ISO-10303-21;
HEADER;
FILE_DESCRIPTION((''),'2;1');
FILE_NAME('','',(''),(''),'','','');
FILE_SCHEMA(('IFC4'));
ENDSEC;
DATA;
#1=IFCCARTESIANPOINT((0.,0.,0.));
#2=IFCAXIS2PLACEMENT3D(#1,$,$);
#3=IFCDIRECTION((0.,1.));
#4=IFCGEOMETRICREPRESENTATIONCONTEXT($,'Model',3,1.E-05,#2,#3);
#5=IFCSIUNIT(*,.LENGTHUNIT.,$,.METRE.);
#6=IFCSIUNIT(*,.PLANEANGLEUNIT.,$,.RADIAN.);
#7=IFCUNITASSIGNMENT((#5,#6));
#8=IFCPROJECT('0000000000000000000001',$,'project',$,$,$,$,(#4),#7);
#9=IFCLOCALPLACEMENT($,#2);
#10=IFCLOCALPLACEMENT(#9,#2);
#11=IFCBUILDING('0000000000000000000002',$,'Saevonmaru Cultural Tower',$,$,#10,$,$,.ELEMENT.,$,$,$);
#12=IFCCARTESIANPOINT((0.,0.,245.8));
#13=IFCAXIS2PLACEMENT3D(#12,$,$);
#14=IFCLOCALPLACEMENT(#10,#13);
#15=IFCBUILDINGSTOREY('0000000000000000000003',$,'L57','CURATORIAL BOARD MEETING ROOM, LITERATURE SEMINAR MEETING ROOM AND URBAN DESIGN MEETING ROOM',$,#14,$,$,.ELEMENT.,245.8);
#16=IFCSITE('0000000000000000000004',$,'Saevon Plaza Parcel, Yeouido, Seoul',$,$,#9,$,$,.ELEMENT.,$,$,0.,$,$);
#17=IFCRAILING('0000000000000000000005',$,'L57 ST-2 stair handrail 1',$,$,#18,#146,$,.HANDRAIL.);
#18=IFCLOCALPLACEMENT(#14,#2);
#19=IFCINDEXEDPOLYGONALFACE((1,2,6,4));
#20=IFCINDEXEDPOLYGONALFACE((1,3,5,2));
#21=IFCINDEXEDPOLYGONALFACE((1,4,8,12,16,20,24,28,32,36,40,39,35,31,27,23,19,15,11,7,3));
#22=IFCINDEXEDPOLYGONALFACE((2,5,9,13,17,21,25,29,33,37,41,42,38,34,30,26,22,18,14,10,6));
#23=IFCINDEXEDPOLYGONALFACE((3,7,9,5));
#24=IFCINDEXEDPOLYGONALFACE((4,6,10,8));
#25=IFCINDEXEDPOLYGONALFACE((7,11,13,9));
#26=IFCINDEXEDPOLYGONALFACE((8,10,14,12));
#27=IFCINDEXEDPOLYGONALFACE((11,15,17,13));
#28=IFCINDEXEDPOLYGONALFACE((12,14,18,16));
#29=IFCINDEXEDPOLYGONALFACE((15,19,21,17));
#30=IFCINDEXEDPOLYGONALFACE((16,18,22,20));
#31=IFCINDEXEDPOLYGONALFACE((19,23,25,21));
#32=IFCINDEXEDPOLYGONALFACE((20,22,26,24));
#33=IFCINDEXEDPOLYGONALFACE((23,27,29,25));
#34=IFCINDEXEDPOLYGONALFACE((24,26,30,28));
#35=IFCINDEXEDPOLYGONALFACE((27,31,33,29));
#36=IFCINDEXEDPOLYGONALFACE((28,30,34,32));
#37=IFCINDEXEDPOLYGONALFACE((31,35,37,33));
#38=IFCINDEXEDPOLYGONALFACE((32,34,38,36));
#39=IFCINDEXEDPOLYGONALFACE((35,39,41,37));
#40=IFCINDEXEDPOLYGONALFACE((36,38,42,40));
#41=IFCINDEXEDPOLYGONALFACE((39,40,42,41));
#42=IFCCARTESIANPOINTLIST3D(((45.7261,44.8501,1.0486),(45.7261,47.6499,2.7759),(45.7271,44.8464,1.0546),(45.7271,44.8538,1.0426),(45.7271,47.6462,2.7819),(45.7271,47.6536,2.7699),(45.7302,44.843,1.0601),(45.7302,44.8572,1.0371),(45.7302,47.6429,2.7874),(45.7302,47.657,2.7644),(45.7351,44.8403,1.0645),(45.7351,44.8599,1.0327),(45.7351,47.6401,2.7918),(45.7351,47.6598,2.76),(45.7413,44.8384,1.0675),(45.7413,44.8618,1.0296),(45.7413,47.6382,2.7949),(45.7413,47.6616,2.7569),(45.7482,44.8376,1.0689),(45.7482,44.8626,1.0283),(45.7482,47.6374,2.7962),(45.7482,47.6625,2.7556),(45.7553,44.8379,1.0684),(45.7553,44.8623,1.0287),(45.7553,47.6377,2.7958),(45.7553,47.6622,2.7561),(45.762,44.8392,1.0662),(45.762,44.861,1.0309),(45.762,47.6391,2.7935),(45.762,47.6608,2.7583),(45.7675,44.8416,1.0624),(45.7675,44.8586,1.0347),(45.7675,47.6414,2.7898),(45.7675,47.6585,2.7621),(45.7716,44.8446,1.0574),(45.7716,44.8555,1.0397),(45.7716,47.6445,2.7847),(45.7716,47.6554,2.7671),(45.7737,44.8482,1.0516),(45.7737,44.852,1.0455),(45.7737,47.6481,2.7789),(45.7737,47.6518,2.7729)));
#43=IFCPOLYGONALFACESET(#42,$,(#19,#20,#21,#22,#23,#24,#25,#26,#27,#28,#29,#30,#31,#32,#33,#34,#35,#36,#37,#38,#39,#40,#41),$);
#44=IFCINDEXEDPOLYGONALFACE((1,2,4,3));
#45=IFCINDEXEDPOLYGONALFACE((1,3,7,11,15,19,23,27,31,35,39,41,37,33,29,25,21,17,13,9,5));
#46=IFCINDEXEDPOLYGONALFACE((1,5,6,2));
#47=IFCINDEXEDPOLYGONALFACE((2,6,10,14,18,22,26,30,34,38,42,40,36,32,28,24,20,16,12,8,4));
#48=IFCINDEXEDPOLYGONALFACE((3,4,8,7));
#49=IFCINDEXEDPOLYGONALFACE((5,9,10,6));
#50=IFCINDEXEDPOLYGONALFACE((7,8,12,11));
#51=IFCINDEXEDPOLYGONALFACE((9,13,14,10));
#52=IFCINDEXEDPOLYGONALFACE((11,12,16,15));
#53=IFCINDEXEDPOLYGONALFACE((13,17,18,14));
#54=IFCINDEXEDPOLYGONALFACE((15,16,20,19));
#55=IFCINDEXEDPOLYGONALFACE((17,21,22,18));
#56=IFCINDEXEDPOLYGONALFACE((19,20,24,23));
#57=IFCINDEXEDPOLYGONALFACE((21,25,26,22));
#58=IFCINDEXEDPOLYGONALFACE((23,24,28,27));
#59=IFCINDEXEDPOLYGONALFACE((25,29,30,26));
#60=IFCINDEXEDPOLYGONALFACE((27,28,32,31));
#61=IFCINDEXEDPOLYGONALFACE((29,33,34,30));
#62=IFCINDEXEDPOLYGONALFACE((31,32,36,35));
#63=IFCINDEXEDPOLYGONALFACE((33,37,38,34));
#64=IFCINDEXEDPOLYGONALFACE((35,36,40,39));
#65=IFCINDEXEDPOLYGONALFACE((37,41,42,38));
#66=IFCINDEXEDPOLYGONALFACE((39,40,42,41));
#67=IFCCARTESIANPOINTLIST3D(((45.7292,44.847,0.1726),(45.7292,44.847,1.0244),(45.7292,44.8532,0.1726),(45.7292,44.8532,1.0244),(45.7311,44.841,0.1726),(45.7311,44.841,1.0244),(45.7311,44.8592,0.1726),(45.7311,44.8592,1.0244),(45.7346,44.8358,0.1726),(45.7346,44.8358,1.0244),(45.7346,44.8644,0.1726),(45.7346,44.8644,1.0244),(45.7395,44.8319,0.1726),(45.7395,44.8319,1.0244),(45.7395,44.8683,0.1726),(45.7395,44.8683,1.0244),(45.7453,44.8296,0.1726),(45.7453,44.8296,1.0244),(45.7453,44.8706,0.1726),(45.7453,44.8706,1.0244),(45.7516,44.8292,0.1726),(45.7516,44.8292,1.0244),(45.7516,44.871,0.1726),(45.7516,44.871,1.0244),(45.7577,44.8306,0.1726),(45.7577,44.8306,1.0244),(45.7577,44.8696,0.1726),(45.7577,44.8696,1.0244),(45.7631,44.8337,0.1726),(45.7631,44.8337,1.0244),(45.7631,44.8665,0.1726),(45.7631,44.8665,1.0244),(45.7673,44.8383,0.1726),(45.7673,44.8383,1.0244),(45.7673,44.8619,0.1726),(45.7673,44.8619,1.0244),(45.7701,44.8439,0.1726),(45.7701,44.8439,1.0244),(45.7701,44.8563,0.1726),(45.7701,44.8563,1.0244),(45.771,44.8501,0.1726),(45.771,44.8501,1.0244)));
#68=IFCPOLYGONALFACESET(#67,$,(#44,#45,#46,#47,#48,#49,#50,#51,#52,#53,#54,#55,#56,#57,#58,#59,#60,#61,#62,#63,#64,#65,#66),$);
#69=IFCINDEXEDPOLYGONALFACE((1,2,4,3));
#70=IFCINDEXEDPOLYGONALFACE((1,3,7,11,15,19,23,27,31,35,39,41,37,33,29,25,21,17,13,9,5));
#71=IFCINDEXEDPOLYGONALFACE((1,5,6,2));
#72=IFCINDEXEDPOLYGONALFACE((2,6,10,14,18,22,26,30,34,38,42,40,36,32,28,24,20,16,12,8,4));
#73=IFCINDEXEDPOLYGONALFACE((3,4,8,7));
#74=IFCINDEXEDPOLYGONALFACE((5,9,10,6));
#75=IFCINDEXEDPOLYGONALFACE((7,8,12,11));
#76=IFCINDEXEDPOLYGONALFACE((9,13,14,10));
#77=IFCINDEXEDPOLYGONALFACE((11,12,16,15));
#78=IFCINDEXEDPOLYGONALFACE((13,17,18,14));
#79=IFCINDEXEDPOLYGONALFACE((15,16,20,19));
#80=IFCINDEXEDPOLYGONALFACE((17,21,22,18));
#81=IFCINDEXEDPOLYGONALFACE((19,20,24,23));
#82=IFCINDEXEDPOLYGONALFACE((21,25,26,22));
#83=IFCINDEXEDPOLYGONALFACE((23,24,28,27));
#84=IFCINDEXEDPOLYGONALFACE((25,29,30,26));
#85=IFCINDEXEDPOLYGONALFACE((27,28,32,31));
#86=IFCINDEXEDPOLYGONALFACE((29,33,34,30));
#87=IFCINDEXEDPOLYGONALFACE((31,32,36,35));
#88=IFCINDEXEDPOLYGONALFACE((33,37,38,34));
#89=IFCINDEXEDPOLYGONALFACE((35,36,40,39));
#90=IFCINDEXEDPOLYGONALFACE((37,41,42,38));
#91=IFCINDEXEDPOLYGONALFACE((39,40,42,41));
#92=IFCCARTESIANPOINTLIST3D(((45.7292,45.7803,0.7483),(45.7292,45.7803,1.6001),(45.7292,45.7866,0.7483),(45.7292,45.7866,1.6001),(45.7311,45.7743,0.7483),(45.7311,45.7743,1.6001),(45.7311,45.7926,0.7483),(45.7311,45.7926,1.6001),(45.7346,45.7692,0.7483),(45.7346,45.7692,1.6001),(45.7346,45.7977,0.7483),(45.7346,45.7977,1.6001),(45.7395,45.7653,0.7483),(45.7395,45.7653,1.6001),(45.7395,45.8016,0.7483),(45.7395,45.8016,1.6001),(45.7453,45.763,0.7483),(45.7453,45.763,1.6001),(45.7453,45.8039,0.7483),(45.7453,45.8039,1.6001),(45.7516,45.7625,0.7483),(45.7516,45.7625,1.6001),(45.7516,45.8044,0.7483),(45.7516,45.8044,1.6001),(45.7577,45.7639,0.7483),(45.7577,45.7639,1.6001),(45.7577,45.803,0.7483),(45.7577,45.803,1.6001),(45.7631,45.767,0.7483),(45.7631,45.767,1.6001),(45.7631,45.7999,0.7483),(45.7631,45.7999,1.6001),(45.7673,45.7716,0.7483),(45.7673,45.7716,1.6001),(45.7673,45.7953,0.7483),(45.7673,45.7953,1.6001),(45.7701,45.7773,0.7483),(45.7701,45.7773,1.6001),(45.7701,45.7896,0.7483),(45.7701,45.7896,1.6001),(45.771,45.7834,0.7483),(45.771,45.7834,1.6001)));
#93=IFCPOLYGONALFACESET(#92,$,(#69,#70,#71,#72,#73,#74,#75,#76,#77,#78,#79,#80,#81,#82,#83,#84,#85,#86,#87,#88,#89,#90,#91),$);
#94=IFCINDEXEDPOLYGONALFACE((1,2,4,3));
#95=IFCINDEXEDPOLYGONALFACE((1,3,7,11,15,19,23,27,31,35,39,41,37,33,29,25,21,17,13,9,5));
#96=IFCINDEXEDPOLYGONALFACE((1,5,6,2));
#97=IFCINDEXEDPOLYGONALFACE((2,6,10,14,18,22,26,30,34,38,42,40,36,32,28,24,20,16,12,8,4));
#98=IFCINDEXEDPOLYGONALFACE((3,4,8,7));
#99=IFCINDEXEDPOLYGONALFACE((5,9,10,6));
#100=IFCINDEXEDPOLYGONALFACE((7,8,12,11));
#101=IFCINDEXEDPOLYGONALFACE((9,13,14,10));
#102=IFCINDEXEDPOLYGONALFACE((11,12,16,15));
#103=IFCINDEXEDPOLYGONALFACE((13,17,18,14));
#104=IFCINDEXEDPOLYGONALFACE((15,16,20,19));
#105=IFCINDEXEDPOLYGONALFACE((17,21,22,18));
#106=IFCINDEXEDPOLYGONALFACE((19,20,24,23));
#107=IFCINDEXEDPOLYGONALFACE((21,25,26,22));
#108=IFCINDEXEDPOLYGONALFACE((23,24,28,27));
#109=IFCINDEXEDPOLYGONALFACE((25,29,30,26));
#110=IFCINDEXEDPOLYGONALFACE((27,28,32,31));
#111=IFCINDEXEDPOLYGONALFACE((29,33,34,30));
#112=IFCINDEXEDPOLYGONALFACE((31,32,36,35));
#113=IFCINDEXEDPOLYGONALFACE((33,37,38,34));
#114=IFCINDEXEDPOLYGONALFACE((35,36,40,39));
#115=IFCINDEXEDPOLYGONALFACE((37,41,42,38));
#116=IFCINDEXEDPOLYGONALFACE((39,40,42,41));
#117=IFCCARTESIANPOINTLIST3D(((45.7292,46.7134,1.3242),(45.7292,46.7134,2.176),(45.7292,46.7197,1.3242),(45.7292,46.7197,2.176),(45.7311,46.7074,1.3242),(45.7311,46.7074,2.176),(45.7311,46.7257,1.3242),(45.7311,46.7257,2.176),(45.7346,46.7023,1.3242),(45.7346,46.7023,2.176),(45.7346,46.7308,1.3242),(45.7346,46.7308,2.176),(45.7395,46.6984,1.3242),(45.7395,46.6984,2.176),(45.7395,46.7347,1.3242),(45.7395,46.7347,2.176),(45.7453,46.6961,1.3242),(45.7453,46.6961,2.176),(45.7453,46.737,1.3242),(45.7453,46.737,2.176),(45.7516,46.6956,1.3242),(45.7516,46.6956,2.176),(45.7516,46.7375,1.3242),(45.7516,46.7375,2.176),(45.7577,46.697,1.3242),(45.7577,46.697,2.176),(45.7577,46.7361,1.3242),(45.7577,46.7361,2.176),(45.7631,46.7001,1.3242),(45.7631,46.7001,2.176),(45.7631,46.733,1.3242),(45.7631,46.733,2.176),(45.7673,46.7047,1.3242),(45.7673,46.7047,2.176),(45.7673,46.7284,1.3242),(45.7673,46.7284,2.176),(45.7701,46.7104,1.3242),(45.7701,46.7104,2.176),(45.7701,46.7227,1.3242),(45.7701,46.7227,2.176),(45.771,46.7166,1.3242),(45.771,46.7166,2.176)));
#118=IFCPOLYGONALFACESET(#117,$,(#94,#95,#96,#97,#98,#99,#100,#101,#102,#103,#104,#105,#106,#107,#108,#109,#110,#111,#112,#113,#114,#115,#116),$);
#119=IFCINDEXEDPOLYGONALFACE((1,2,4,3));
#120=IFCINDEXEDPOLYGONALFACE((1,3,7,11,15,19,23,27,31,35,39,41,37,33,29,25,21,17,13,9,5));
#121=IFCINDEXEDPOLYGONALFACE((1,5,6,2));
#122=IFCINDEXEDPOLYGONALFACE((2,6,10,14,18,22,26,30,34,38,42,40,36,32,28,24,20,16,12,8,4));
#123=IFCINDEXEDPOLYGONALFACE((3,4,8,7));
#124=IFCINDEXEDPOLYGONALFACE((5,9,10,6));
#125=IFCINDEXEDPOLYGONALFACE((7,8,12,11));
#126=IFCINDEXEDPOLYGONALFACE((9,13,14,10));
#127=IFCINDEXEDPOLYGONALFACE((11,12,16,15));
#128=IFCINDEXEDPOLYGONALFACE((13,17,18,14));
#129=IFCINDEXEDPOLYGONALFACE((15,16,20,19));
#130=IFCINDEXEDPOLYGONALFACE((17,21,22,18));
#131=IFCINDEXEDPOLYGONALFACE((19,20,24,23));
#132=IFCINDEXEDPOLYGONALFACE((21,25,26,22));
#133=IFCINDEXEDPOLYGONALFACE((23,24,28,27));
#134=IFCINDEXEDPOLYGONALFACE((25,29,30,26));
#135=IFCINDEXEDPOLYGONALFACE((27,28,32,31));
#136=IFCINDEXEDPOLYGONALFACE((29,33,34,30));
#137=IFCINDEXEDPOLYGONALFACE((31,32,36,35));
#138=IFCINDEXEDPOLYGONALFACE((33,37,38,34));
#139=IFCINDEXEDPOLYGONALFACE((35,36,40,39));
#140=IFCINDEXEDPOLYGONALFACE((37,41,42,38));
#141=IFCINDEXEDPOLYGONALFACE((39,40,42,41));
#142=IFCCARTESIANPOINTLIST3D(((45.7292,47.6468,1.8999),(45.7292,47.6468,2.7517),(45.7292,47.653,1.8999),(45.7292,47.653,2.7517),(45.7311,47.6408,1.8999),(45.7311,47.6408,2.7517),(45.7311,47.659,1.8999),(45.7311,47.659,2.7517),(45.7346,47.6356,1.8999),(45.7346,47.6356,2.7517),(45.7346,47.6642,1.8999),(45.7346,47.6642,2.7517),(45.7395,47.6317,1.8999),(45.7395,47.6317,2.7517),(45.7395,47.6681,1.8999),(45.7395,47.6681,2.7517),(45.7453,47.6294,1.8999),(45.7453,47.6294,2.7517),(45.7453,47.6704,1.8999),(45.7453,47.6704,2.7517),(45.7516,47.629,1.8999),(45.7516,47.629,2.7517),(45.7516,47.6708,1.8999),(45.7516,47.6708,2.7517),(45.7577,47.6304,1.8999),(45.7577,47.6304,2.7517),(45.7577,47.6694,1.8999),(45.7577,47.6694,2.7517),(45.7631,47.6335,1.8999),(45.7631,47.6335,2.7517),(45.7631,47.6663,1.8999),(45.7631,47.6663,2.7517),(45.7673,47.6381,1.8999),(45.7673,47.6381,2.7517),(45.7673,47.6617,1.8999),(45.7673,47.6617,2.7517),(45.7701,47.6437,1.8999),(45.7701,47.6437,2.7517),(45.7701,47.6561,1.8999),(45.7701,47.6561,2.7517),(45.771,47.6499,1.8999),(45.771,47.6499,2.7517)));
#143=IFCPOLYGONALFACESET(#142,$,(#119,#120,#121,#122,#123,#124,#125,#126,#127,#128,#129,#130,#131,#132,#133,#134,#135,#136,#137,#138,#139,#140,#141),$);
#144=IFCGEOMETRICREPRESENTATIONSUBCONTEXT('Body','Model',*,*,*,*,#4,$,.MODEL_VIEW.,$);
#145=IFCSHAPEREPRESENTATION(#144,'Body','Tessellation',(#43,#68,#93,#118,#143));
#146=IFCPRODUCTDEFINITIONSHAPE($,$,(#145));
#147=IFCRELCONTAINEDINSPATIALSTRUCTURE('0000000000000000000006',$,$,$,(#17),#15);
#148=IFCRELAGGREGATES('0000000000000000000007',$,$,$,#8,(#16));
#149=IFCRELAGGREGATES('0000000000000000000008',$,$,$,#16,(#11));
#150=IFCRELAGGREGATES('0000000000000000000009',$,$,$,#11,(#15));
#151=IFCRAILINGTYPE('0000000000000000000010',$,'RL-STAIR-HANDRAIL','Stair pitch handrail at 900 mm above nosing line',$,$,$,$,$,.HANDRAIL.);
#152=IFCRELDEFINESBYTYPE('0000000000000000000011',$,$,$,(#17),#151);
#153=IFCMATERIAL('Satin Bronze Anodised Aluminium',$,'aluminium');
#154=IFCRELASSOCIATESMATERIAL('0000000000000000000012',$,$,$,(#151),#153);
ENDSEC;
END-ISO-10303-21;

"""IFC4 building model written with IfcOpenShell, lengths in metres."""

from ifc_helpers import new_model, si_unit, direction, frame, origin, origin_2d, place, context, subcontext, project, spatial, circle, extrude, material, type_object, element, save


model = new_model("IFC4")

# Units and contexts
model_context = context("Model", 3, precision=1e-05, world=origin(), true_north=direction((0.0, 1.0)))
body_context = subcontext(model_context, "Body", "Model", "MODEL_VIEW")
ifc_project = project(units=[si_unit("LENGTHUNIT", "METRE"), si_unit("PLANEANGLEUNIT", "RADIAN")], contexts=[model_context])

# Site, building, storey
site_placement = place(None, origin())
site = spatial("IfcSite", under=ifc_project, at=site_placement, Name="Saevon Plaza Parcel, Yeouido, Seoul", CompositionType="ELEMENT", RefElevation=0.0)
building_placement = place(site_placement, origin())
building = spatial("IfcBuilding", under=site, at=building_placement, Name="Saevonmaru Cultural Tower", CompositionType="ELEMENT")
storey_placement = place(building_placement, frame((0.0, 0.0, 245.8)))
storey = spatial("IfcBuildingStorey", under=building, at=storey_placement, Name="L57", Description="CURATORIAL BOARD MEETING ROOM, LITERATURE SEMINAR MEETING ROOM AND URBAN DESIGN MEETING ROOM", CompositionType="ELEMENT", Elevation=245.8)

# Shared definitions
ifc_material_1 = material(Name="Satin Bronze Anodised Aluminium", Category="aluminium")

# Railing
railing_type_1 = type_object("IfcRailingType", Name="RL-STAIR-HANDRAIL", Description="Stair pitch handrail at 900 mm above nosing line", PredefinedType="HANDRAIL", material=ifc_material_1)
railing_1_placement = place(storey_placement, frame((45.75, 44.8501, 0.1726)))
element("IfcRailing", 1, at=railing_1_placement, inside=storey, type_object=railing_type_1, Name="L57 ST-2 stair handrail 1", PredefinedType="HANDRAIL", context=body_context, shape_type="SweptSolid", body=[
    extrude(circle(Radius=0.0239, at=origin_2d()), frame((0.0, 0.0, 0.876), z_axis=(0.0, 0.851069, 0.525054), x_axis=(-1.0, 0.0, 0.0)), (0.0, 0.0, 1.0), 3.2898),
    extrude(circle(Radius=0.021, at=origin_2d()), origin(), (0.0, 0.0, 1.0), 0.8518),
    extrude(circle(Radius=0.021, at=origin_2d()), frame((0.0, 0.9333, 0.5757)), (0.0, 0.0, 1.0), 0.8518),
    extrude(circle(Radius=0.021, at=origin_2d()), frame((0.0, 1.8665, 1.1516)), (0.0, 0.0, 1.0), 0.8518),
    extrude(circle(Radius=0.021, at=origin_2d()), frame((0.0, 2.7998, 1.7273)), (0.0, 0.0, 1.0), 0.8518),
])

save(model, "model.ifc")
